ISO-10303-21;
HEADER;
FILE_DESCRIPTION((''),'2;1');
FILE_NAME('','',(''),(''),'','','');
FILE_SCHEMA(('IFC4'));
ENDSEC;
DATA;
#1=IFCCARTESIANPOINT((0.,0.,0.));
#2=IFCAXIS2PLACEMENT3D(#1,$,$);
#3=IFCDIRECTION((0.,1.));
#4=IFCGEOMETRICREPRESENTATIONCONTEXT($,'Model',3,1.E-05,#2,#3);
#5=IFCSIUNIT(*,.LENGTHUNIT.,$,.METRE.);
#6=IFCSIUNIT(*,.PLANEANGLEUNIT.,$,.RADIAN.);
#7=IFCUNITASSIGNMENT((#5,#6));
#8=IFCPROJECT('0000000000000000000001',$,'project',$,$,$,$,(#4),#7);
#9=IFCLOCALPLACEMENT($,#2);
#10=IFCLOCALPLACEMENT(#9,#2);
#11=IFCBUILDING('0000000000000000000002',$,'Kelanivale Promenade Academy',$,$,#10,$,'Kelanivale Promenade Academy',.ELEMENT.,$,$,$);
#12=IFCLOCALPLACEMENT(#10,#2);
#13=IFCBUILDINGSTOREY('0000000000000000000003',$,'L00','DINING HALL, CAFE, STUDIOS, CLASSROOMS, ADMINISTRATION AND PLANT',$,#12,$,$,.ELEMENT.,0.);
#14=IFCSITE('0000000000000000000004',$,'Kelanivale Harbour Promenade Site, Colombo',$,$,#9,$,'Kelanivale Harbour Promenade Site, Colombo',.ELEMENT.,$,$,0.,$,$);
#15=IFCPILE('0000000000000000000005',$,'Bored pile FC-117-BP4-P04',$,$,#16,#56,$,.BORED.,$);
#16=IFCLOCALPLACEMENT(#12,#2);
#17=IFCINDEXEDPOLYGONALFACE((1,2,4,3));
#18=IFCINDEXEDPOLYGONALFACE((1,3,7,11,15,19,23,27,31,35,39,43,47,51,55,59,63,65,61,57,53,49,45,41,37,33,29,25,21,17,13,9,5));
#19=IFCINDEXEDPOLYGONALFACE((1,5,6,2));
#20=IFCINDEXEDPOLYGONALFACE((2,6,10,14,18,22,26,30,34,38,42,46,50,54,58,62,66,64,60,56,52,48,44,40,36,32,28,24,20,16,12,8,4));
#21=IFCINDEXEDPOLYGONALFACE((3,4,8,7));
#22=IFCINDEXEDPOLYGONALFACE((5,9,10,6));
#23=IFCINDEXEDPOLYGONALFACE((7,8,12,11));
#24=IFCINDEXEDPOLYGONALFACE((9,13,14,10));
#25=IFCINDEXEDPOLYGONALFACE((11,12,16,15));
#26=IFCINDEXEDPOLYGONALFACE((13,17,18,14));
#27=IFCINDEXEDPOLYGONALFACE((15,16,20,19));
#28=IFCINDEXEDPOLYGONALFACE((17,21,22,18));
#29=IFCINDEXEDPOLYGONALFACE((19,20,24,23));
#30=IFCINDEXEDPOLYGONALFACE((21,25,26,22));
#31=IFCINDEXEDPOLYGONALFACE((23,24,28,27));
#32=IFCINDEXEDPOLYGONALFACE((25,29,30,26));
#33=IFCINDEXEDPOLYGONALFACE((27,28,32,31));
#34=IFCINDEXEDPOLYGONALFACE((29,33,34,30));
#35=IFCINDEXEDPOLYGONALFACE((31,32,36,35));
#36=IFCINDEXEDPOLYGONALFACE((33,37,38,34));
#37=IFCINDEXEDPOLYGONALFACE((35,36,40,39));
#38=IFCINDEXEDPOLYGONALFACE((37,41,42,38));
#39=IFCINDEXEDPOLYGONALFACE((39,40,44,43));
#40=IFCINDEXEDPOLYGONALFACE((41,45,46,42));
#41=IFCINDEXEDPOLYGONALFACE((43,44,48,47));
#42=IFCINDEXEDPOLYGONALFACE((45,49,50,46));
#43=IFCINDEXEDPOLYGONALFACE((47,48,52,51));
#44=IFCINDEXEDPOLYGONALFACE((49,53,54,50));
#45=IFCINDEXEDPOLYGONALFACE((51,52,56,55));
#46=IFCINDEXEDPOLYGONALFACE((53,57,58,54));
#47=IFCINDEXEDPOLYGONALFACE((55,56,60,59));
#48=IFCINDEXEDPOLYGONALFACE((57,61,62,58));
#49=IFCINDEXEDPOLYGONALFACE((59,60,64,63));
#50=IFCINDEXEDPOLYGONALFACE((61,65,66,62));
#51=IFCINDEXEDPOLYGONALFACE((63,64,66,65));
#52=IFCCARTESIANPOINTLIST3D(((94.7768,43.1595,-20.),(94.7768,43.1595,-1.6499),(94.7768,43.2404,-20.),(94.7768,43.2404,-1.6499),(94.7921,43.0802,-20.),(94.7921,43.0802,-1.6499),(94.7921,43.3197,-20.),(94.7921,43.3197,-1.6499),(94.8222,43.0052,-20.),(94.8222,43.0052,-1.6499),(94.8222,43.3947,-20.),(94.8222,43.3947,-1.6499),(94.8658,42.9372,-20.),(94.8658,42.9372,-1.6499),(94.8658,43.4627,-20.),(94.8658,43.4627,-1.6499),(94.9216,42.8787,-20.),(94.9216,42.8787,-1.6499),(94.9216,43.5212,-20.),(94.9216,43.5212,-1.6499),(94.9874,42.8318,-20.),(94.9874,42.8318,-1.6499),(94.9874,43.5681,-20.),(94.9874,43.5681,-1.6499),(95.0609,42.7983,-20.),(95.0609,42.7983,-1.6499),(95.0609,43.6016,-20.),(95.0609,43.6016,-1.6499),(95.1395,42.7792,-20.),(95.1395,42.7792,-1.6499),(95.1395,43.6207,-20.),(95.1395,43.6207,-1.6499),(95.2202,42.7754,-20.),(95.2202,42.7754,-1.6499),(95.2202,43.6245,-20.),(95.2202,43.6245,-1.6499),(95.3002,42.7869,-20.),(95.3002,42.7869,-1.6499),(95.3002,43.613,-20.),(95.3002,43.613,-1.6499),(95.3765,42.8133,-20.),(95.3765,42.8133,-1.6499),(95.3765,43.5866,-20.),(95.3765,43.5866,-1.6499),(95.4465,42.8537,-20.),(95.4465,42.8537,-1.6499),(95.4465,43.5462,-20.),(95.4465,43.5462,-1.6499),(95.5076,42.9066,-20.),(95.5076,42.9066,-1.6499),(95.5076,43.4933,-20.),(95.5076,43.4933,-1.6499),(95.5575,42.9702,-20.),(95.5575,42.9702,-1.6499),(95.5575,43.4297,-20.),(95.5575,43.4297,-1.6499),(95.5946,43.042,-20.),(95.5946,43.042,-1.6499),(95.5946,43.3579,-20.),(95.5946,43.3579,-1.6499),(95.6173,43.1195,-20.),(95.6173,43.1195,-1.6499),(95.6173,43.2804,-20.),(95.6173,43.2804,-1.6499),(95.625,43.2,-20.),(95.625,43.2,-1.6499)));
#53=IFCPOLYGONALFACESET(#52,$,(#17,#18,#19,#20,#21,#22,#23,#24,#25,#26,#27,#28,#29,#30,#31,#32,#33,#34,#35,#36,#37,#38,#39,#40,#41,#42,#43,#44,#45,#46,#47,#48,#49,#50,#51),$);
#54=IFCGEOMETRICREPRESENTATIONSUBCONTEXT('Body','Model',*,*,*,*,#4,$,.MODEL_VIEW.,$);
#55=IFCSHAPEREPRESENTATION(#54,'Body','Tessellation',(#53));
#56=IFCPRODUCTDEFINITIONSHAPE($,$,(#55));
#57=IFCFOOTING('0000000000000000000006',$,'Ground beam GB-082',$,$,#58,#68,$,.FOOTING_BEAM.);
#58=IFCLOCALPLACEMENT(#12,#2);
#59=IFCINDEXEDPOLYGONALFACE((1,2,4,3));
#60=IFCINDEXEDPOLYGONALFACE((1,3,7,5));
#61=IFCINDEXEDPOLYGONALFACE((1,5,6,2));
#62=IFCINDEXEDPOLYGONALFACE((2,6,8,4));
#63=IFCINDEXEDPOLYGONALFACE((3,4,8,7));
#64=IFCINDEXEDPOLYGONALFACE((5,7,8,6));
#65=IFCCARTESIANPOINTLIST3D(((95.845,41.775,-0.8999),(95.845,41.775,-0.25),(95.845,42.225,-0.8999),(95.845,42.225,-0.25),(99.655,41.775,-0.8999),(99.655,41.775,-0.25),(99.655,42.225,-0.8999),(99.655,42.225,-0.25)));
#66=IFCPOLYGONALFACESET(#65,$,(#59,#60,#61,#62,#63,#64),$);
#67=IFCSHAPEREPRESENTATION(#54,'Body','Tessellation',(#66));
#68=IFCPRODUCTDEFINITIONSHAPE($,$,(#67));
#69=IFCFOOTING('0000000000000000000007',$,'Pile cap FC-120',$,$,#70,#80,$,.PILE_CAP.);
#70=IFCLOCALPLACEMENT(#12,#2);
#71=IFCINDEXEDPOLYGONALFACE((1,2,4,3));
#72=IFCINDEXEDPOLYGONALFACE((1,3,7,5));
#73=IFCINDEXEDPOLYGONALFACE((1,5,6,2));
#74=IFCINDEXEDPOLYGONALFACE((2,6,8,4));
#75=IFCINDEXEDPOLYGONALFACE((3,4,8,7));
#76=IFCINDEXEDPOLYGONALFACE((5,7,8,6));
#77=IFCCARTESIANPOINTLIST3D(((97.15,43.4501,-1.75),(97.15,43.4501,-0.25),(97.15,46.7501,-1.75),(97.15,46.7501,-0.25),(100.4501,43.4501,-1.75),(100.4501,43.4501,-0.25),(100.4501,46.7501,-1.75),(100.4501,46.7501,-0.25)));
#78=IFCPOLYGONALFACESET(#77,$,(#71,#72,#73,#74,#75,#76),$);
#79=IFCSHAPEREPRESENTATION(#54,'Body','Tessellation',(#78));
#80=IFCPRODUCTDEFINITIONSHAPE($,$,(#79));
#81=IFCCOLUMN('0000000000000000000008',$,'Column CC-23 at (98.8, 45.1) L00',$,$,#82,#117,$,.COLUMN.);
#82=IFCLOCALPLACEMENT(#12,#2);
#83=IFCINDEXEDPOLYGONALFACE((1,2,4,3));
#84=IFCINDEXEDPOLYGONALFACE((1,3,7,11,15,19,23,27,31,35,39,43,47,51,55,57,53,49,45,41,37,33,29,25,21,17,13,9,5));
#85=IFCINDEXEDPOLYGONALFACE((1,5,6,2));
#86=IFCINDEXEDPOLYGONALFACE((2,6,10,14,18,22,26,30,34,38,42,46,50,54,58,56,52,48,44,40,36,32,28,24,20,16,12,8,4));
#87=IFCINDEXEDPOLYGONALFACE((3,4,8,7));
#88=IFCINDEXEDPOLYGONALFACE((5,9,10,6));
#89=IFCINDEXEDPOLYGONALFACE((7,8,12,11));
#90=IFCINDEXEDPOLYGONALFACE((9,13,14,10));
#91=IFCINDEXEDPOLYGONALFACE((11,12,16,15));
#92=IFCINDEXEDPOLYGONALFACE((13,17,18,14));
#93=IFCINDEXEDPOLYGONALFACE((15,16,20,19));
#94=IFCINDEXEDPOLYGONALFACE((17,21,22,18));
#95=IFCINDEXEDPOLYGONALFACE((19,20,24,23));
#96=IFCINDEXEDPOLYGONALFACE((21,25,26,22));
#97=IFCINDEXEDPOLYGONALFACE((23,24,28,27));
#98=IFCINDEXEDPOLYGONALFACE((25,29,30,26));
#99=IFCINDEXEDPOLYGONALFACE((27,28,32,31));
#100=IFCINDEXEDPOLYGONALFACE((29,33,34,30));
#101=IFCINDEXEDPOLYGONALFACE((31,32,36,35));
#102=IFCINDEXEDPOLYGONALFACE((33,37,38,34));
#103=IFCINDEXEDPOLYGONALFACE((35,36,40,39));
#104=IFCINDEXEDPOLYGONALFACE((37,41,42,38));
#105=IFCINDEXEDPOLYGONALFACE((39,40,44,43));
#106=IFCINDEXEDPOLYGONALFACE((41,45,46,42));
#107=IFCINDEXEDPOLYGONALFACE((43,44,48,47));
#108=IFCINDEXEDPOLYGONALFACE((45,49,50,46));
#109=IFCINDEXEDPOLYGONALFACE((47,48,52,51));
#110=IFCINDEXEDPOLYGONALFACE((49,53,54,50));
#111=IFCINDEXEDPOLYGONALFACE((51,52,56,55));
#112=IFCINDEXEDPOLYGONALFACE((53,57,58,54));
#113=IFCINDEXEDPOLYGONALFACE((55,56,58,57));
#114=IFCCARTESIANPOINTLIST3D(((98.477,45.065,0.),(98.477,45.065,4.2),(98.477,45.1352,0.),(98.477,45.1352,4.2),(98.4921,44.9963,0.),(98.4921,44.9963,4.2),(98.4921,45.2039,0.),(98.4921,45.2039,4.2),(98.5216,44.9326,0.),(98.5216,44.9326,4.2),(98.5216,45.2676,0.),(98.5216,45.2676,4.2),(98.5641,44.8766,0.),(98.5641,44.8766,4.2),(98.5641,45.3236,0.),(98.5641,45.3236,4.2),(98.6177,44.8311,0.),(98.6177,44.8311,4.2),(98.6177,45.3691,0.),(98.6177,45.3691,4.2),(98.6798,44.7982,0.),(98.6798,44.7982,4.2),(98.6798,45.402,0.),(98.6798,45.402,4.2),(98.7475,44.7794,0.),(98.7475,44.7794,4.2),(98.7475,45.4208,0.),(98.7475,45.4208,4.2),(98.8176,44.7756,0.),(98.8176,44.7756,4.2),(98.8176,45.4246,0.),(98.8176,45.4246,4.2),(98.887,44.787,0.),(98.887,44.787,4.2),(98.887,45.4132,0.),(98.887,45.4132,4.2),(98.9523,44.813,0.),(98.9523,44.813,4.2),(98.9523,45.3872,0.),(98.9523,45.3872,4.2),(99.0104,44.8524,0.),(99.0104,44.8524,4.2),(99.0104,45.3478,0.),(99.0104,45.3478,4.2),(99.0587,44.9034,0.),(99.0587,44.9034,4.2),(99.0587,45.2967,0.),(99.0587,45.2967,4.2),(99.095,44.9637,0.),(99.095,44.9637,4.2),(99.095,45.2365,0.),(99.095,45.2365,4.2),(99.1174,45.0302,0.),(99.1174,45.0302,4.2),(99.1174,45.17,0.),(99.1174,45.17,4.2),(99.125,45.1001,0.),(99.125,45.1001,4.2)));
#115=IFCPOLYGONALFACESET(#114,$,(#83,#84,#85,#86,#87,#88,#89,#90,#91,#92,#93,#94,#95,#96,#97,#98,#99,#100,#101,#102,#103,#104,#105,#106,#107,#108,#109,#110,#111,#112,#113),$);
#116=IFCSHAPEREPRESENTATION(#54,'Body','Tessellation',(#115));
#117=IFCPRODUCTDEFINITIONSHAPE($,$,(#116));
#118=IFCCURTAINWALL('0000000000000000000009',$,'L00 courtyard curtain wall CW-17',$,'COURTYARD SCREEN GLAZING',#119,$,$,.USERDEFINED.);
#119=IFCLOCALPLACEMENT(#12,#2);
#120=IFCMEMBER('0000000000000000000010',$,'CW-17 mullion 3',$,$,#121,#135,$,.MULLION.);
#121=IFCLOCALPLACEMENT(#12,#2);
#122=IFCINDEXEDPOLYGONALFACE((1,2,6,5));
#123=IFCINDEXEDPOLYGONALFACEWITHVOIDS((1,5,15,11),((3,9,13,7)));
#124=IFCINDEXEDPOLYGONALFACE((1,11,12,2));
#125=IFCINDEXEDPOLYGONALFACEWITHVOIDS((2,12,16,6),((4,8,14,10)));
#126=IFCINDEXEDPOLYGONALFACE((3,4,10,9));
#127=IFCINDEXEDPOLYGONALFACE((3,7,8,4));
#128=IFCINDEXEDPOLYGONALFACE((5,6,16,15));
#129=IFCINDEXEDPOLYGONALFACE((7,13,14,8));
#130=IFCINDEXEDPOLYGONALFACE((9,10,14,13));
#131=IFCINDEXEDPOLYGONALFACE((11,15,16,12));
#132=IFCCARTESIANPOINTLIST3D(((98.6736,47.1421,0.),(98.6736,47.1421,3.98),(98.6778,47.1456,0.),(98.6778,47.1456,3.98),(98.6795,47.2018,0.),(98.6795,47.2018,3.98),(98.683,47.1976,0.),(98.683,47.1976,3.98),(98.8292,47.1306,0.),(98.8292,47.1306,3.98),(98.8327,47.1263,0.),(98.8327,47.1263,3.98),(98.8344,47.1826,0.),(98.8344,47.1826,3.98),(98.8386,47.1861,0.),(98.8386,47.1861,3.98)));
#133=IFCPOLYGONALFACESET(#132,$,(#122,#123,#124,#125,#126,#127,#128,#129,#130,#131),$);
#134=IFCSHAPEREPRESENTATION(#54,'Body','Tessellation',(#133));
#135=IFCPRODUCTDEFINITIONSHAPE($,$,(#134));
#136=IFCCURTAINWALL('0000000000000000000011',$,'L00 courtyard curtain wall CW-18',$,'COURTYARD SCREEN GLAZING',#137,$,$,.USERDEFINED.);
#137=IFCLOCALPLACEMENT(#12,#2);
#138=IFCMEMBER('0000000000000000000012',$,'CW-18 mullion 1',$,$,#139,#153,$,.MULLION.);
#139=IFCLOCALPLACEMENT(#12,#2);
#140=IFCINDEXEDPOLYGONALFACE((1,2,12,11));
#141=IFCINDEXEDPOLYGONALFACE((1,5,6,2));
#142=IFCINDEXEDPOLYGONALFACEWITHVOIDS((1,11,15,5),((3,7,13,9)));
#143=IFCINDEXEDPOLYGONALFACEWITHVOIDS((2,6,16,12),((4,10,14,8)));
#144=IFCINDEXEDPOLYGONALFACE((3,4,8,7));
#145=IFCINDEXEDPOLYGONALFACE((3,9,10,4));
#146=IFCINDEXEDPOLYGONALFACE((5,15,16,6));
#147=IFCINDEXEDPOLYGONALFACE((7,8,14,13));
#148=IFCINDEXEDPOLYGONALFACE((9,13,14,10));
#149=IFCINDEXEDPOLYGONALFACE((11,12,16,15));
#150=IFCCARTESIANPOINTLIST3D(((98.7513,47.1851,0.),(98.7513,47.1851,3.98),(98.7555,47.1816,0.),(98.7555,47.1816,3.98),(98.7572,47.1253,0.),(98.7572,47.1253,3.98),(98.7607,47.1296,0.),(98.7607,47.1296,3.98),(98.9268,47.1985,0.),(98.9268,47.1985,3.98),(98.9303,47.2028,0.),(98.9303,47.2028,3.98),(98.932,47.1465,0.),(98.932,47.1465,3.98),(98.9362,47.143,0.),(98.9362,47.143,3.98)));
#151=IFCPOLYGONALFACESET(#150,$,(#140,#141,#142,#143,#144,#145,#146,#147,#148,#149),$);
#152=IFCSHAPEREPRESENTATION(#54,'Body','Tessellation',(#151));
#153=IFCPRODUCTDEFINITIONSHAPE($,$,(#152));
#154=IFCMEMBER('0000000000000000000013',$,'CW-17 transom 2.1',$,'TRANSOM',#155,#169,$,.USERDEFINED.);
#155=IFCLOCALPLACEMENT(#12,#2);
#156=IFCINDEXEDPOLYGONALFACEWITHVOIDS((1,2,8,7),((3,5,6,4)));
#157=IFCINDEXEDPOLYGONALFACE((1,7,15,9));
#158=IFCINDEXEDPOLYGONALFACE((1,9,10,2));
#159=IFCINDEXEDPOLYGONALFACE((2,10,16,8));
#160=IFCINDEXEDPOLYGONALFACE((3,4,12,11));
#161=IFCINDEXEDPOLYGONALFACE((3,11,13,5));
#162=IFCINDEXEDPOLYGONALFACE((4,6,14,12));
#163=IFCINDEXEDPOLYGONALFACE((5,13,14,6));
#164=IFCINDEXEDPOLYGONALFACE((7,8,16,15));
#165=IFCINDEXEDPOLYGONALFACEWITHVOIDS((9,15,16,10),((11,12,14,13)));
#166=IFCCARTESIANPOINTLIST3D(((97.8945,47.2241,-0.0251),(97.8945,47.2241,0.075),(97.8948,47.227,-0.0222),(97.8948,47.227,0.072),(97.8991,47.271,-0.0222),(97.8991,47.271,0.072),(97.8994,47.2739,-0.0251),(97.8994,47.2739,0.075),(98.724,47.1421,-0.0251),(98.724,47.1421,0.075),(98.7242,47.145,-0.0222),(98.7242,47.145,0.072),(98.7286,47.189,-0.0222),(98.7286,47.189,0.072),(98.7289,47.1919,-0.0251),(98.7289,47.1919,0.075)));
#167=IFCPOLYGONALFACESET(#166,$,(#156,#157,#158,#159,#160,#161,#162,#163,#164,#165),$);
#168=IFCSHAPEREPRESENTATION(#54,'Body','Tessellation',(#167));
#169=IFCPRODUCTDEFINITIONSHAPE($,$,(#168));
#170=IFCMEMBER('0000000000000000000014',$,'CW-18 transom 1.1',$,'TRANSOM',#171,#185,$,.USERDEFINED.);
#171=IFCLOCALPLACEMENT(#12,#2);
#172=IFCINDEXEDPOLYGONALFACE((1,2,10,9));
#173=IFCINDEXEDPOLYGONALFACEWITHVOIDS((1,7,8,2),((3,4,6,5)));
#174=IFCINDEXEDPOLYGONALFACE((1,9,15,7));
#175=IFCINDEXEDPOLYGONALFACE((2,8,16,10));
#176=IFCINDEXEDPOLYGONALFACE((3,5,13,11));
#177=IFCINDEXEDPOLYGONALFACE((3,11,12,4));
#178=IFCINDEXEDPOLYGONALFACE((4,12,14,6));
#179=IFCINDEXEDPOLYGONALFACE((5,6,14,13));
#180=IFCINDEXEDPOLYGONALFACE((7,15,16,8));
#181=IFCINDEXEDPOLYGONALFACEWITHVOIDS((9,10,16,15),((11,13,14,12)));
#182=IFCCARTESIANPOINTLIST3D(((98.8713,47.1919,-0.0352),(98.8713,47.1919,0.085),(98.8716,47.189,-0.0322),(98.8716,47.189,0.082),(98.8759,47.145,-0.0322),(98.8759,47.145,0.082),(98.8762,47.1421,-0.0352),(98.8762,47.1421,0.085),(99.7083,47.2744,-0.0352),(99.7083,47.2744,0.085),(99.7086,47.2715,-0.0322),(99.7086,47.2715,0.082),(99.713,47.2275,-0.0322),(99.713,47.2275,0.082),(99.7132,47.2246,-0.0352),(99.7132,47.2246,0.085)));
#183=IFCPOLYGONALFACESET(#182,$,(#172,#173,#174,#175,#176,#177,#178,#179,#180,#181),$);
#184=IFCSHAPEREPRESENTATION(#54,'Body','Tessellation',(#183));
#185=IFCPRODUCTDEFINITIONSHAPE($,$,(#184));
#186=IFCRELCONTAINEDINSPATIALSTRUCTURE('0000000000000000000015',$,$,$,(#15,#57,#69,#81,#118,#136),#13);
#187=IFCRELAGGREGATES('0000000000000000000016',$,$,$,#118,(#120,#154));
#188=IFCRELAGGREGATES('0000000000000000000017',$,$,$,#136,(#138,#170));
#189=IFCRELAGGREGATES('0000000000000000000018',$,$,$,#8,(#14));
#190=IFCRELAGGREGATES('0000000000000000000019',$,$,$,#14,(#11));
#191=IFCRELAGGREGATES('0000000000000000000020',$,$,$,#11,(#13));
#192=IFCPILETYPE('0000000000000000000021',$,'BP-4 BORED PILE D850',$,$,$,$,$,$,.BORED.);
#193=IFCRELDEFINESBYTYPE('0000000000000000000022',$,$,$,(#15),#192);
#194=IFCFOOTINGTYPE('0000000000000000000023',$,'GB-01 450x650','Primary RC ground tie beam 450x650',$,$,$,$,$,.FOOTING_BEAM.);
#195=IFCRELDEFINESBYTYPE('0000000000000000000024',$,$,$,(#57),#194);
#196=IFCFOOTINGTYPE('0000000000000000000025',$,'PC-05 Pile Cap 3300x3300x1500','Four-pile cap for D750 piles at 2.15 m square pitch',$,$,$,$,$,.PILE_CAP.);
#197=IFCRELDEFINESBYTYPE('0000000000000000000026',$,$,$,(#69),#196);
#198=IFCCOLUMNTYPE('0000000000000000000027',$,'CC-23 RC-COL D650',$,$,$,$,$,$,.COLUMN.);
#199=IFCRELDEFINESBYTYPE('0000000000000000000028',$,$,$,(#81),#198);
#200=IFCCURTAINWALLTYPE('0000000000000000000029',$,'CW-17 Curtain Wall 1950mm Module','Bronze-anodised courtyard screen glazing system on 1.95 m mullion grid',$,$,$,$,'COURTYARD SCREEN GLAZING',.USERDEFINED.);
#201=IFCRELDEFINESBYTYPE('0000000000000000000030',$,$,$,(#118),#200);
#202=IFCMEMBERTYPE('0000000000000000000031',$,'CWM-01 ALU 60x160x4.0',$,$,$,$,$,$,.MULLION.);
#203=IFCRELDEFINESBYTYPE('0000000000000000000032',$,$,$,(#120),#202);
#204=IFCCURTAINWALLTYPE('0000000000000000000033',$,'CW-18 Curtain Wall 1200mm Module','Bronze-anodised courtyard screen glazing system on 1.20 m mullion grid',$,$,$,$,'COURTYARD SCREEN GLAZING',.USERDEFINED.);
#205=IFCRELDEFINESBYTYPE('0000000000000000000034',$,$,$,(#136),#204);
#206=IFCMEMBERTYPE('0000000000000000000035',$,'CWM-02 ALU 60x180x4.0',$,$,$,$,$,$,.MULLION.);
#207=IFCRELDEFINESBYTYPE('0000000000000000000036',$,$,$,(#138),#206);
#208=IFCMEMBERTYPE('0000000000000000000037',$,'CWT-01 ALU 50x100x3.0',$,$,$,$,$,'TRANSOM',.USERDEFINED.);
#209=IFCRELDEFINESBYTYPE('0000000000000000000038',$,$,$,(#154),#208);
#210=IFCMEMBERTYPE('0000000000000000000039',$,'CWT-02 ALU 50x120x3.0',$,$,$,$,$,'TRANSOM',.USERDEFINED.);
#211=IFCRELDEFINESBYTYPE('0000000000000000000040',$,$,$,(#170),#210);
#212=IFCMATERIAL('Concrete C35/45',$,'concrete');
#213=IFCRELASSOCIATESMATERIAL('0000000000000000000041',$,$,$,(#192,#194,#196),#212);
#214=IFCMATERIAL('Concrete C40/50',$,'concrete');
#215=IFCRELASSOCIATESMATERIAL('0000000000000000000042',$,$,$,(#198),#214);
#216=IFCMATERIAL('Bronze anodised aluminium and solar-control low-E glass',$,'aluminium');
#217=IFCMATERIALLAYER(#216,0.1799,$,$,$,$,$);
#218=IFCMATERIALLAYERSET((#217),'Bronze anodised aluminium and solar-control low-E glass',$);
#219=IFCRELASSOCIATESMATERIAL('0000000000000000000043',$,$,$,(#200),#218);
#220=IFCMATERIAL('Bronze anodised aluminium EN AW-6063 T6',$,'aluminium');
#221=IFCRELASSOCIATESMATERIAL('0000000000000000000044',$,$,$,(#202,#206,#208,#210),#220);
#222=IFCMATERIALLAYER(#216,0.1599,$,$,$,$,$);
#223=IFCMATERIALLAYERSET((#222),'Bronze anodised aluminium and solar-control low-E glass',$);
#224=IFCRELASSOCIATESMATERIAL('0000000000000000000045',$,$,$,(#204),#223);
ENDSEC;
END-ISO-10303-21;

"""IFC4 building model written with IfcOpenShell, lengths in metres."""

from ifc_helpers import new_model, si_unit, direction, frame, origin, origin_2d, place, context, subcontext, project, spatial, rectangle, hollow_rectangle, circle, extrude, material, layer, layer_set, material_profile, profile_set, type_object, element, aggregate, save


model = new_model("IFC4")

# Units and contexts
model_context = context("Model", 3, precision=1e-05, world=origin(), true_north=direction((0.0, 1.0)))
body_context = subcontext(model_context, "Body", "Model", "MODEL_VIEW")
ifc_project = project(units=[si_unit("LENGTHUNIT", "METRE"), si_unit("PLANEANGLEUNIT", "RADIAN")], contexts=[model_context])

# Site, building, storey
site_placement = place(None, origin())
site = spatial("IfcSite", under=ifc_project, at=site_placement, Name="Kelanivale Harbour Promenade Site, Colombo", LongName="Kelanivale Harbour Promenade Site, Colombo", CompositionType="ELEMENT", RefElevation=0.0)
building_placement = place(site_placement, origin())
building = spatial("IfcBuilding", under=site, at=building_placement, Name="Kelanivale Promenade Academy", LongName="Kelanivale Promenade Academy", CompositionType="ELEMENT")
storey_placement = place(building_placement, origin())
storey = spatial("IfcBuildingStorey", under=building, at=storey_placement, Name="L00", Description="DINING HALL, CAFE, STUDIOS, CLASSROOMS, ADMINISTRATION AND PLANT", CompositionType="ELEMENT", Elevation=0.0)

# Pile
ifc_material_1 = material(Name="Concrete C35/45", Category="concrete")
ifc_material_profile_1 = material_profile(ifc_material_1, circle(Radius=0.425, at=origin_2d()), Name="BORED PILE D850")
ifc_profile_set_1 = profile_set([ifc_material_profile_1], Name="Concrete C35/45")
pile_type_1 = type_object("IfcPileType", Name="BP-4 BORED PILE D850", PredefinedType="BORED", material=ifc_profile_set_1)
pile_1_placement = place(storey_placement, frame((95.2, 43.2, -1.6499), z_axis=(0.0, 0.0, -1.0), x_axis=(1.0, 0.0, 0.0)))
element("IfcPile", 1, at=pile_1_placement, inside=storey, type_object=pile_type_1, Name="Bored pile FC-117-BP4-P04", PredefinedType="BORED", context=body_context, shape_type="SweptSolid", body=[
    extrude(circle(Radius=0.425, at=origin_2d()), origin(), (0.0, 0.0, 1.0), 18.3501),
])

# Footings
footing_type_1 = type_object("IfcFootingType", Name="GB-01 450x650", Description="Primary RC ground tie beam 450x650", PredefinedType="FOOTING_BEAM", material=ifc_material_1)
footing_1_placement = place(storey_placement, frame((97.75, 42.0, -0.8999), z_axis=(0.0, 0.0, 1.0), x_axis=(1.0, 0.0, 0.0)))
element("IfcFooting", 2, at=footing_1_placement, inside=storey, type_object=footing_type_1, Name="Ground beam GB-082", PredefinedType="FOOTING_BEAM", context=body_context, shape_type="SweptSolid", body=[
    extrude(rectangle(XDim=3.8101, YDim=0.45, at=origin_2d()), origin(), (0.0, 0.0, 1.0), 0.6499),
])
footing_type_2 = type_object("IfcFootingType", Name="PC-05 Pile Cap 3300x3300x1500", Description="Four-pile cap for D750 piles at 2.15 m square pitch", PredefinedType="PILE_CAP", material=ifc_material_1)
footing_2_placement = place(storey_placement, frame((98.8, 45.1001, -1.75), z_axis=(0.0, 0.0, 1.0), x_axis=(1.0, 0.0, 0.0)))
element("IfcFooting", 3, at=footing_2_placement, inside=storey, type_object=footing_type_2, Name="Pile cap FC-120", PredefinedType="PILE_CAP", context=body_context, shape_type="SweptSolid", body=[
    extrude(rectangle(XDim=3.3, YDim=3.3, at=origin_2d()), origin(), (0.0, 0.0, 1.0), 1.5),
])

# Column
ifc_material_2 = material(Name="Concrete C40/50", Category="concrete")
ifc_material_profile_2 = material_profile(ifc_material_2, circle(Radius=0.325, at=origin_2d()), Name="RC-COL D650")
ifc_profile_set_2 = profile_set([ifc_material_profile_2], Name="Concrete C40/50")
column_type = type_object("IfcColumnType", Name="CC-23 RC-COL D650", PredefinedType="COLUMN", material=ifc_profile_set_2)
column_placement = place(storey_placement, frame((98.8, 45.1001, 0.0), z_axis=(0.0, 0.0, 1.0), x_axis=(1.0, 0.0, 0.0)))
element("IfcColumn", 4, at=column_placement, inside=storey, type_object=column_type, Name="Column CC-23 at (98.8, 45.1) L00", PredefinedType="COLUMN", context=body_context, shape_type="SweptSolid", body=[
    extrude(circle(Radius=0.325, at=origin_2d()), origin(), (0.0, 0.0, 1.0), 4.2),
])

# Curtain walls, members
ifc_material_3 = material(Name="Bronze anodised aluminium and solar-control low-E glass", Category="aluminium")
ifc_layer_1 = layer(ifc_material_3, 0.1799)
ifc_layer_set_1 = layer_set([ifc_layer_1], Name="Bronze anodised aluminium and solar-control low-E glass")
curtain_wall_type_1 = type_object("IfcCurtainWallType", Name="CW-17 Curtain Wall 1950mm Module", Description="Bronze-anodised courtyard screen glazing system on 1.95 m mullion grid", ElementType="COURTYARD SCREEN GLAZING", PredefinedType="USERDEFINED", material=ifc_layer_set_1)
curtain_wall_1_placement = place(storey_placement, origin())
curtain_wall_1 = element("IfcCurtainWall", 5, at=curtain_wall_1_placement, inside=storey, type_object=curtain_wall_type_1, Name="L00 courtyard curtain wall CW-17", ObjectType="COURTYARD SCREEN GLAZING", PredefinedType="USERDEFINED")
ifc_material_4 = material(Name="Bronze anodised aluminium EN AW-6063 T6", Category="aluminium")
ifc_material_profile_3 = material_profile(ifc_material_4, hollow_rectangle(XDim=0.0601, YDim=0.1599, WallThickness=0.0039, at=origin_2d()), Name="ALU 60x160x4.0")
ifc_profile_set_3 = profile_set([ifc_material_profile_3], Name="Bronze anodised aluminium EN AW-6063 T6")
member_type_1 = type_object("IfcMemberType", Name="CWM-01 ALU 60x160x4.0", PredefinedType="MULLION", material=ifc_profile_set_3)
member_1_placement = place(storey_placement, frame((98.7561, 47.1641, 0.0), z_axis=(0.0, 0.0, 1.0), x_axis=(0.098539, 0.995133, 0.0)))
member_1 = element("IfcMember", 6, at=member_1_placement, type_object=member_type_1, Name="CW-17 mullion 3", PredefinedType="MULLION", context=body_context, shape_type="SweptSolid", body=[
    extrude(hollow_rectangle(XDim=0.0601, YDim=0.1599, WallThickness=0.0039, at=origin_2d()), origin(), (0.0, 0.0, 1.0), 3.98),
])
ifc_layer_2 = layer(ifc_material_3, 0.1599)
ifc_layer_set_2 = layer_set([ifc_layer_2], Name="Bronze anodised aluminium and solar-control low-E glass")
curtain_wall_type_2 = type_object("IfcCurtainWallType", Name="CW-18 Curtain Wall 1200mm Module", Description="Bronze-anodised courtyard screen glazing system on 1.20 m mullion grid", ElementType="COURTYARD SCREEN GLAZING", PredefinedType="USERDEFINED", material=ifc_layer_set_2)
curtain_wall_2_placement = place(storey_placement, origin())
curtain_wall_2 = element("IfcCurtainWall", 7, at=curtain_wall_2_placement, inside=storey, type_object=curtain_wall_type_2, Name="L00 courtyard curtain wall CW-18", ObjectType="COURTYARD SCREEN GLAZING", PredefinedType="USERDEFINED")
ifc_material_profile_4 = material_profile(ifc_material_4, hollow_rectangle(XDim=0.0601, YDim=0.1799, WallThickness=0.0039, at=origin_2d()), Name="ALU 60x180x4.0")
ifc_profile_set_4 = profile_set([ifc_material_profile_4], Name="Bronze anodised aluminium EN AW-6063 T6")
member_type_2 = type_object("IfcMemberType", Name="CWM-02 ALU 60x180x4.0", PredefinedType="MULLION", material=ifc_profile_set_4)
member_2_placement = place(storey_placement, frame((98.8438, 47.1641, 0.0), z_axis=(0.0, 0.0, 1.0), x_axis=(-0.098281, 0.995159, 0.0)))
member_2 = element("IfcMember", 8, at=member_2_placement, type_object=member_type_2, Name="CW-18 mullion 1", PredefinedType="MULLION", context=body_context, shape_type="SweptSolid", body=[
    extrude(hollow_rectangle(XDim=0.0601, YDim=0.1799, WallThickness=0.0039, at=origin_2d()), origin(), (0.0, 0.0, 1.0), 3.98),
])

# Members
ifc_material_profile_5 = material_profile(ifc_material_4, hollow_rectangle(XDim=0.05, YDim=0.1001, WallThickness=0.0029, at=origin_2d()), Name="ALU 50x100x3.0")
ifc_profile_set_5 = profile_set([ifc_material_profile_5], Name="Bronze anodised aluminium EN AW-6063 T6")
member_type_3 = type_object("IfcMemberType", Name="CWT-01 ALU 50x100x3.0", ElementType="TRANSOM", PredefinedType="USERDEFINED", material=ifc_profile_set_5)
member_3_placement = place(storey_placement, frame((97.897, 47.249, 0.0249), z_axis=(0.995144, -0.09843, 0.0), x_axis=(0.09843, 0.995144, 0.0)))
member_3 = element("IfcMember", 9, at=member_3_placement, type_object=member_type_3, Name="CW-17 transom 2.1", ObjectType="TRANSOM", PredefinedType="USERDEFINED", context=body_context, shape_type="SweptSolid", body=[
    extrude(hollow_rectangle(XDim=0.05, YDim=0.1001, WallThickness=0.0029, at=origin_2d()), origin(), (0.0, 0.0, 1.0), 0.8335),
])
ifc_material_profile_6 = material_profile(ifc_material_4, hollow_rectangle(XDim=0.05, YDim=0.1201, WallThickness=0.0029, at=origin_2d()), Name="ALU 50x120x3.0")
ifc_profile_set_6 = profile_set([ifc_material_profile_6], Name="Bronze anodised aluminium EN AW-6063 T6")
member_type_4 = type_object("IfcMemberType", Name="CWT-02 ALU 50x120x3.0", ElementType="TRANSOM", PredefinedType="USERDEFINED", material=ifc_profile_set_6)
member_4_placement = place(storey_placement, frame((98.8738, 47.167, 0.0249), z_axis=(0.995174, 0.098124, 0.0), x_axis=(-0.098124, 0.995174, 0.0)))
member_4 = element("IfcMember", 10, at=member_4_placement, type_object=member_type_4, Name="CW-18 transom 1.1", ObjectType="TRANSOM", PredefinedType="USERDEFINED", context=body_context, shape_type="SweptSolid", body=[
    extrude(hollow_rectangle(XDim=0.05, YDim=0.1201, WallThickness=0.0029, at=origin_2d()), origin(), (0.0, 0.0, 1.0), 0.8411),
])

aggregate(curtain_wall_1, [member_1, member_3])
aggregate(curtain_wall_2, [member_2, member_4])

save(model, "model.ifc")
